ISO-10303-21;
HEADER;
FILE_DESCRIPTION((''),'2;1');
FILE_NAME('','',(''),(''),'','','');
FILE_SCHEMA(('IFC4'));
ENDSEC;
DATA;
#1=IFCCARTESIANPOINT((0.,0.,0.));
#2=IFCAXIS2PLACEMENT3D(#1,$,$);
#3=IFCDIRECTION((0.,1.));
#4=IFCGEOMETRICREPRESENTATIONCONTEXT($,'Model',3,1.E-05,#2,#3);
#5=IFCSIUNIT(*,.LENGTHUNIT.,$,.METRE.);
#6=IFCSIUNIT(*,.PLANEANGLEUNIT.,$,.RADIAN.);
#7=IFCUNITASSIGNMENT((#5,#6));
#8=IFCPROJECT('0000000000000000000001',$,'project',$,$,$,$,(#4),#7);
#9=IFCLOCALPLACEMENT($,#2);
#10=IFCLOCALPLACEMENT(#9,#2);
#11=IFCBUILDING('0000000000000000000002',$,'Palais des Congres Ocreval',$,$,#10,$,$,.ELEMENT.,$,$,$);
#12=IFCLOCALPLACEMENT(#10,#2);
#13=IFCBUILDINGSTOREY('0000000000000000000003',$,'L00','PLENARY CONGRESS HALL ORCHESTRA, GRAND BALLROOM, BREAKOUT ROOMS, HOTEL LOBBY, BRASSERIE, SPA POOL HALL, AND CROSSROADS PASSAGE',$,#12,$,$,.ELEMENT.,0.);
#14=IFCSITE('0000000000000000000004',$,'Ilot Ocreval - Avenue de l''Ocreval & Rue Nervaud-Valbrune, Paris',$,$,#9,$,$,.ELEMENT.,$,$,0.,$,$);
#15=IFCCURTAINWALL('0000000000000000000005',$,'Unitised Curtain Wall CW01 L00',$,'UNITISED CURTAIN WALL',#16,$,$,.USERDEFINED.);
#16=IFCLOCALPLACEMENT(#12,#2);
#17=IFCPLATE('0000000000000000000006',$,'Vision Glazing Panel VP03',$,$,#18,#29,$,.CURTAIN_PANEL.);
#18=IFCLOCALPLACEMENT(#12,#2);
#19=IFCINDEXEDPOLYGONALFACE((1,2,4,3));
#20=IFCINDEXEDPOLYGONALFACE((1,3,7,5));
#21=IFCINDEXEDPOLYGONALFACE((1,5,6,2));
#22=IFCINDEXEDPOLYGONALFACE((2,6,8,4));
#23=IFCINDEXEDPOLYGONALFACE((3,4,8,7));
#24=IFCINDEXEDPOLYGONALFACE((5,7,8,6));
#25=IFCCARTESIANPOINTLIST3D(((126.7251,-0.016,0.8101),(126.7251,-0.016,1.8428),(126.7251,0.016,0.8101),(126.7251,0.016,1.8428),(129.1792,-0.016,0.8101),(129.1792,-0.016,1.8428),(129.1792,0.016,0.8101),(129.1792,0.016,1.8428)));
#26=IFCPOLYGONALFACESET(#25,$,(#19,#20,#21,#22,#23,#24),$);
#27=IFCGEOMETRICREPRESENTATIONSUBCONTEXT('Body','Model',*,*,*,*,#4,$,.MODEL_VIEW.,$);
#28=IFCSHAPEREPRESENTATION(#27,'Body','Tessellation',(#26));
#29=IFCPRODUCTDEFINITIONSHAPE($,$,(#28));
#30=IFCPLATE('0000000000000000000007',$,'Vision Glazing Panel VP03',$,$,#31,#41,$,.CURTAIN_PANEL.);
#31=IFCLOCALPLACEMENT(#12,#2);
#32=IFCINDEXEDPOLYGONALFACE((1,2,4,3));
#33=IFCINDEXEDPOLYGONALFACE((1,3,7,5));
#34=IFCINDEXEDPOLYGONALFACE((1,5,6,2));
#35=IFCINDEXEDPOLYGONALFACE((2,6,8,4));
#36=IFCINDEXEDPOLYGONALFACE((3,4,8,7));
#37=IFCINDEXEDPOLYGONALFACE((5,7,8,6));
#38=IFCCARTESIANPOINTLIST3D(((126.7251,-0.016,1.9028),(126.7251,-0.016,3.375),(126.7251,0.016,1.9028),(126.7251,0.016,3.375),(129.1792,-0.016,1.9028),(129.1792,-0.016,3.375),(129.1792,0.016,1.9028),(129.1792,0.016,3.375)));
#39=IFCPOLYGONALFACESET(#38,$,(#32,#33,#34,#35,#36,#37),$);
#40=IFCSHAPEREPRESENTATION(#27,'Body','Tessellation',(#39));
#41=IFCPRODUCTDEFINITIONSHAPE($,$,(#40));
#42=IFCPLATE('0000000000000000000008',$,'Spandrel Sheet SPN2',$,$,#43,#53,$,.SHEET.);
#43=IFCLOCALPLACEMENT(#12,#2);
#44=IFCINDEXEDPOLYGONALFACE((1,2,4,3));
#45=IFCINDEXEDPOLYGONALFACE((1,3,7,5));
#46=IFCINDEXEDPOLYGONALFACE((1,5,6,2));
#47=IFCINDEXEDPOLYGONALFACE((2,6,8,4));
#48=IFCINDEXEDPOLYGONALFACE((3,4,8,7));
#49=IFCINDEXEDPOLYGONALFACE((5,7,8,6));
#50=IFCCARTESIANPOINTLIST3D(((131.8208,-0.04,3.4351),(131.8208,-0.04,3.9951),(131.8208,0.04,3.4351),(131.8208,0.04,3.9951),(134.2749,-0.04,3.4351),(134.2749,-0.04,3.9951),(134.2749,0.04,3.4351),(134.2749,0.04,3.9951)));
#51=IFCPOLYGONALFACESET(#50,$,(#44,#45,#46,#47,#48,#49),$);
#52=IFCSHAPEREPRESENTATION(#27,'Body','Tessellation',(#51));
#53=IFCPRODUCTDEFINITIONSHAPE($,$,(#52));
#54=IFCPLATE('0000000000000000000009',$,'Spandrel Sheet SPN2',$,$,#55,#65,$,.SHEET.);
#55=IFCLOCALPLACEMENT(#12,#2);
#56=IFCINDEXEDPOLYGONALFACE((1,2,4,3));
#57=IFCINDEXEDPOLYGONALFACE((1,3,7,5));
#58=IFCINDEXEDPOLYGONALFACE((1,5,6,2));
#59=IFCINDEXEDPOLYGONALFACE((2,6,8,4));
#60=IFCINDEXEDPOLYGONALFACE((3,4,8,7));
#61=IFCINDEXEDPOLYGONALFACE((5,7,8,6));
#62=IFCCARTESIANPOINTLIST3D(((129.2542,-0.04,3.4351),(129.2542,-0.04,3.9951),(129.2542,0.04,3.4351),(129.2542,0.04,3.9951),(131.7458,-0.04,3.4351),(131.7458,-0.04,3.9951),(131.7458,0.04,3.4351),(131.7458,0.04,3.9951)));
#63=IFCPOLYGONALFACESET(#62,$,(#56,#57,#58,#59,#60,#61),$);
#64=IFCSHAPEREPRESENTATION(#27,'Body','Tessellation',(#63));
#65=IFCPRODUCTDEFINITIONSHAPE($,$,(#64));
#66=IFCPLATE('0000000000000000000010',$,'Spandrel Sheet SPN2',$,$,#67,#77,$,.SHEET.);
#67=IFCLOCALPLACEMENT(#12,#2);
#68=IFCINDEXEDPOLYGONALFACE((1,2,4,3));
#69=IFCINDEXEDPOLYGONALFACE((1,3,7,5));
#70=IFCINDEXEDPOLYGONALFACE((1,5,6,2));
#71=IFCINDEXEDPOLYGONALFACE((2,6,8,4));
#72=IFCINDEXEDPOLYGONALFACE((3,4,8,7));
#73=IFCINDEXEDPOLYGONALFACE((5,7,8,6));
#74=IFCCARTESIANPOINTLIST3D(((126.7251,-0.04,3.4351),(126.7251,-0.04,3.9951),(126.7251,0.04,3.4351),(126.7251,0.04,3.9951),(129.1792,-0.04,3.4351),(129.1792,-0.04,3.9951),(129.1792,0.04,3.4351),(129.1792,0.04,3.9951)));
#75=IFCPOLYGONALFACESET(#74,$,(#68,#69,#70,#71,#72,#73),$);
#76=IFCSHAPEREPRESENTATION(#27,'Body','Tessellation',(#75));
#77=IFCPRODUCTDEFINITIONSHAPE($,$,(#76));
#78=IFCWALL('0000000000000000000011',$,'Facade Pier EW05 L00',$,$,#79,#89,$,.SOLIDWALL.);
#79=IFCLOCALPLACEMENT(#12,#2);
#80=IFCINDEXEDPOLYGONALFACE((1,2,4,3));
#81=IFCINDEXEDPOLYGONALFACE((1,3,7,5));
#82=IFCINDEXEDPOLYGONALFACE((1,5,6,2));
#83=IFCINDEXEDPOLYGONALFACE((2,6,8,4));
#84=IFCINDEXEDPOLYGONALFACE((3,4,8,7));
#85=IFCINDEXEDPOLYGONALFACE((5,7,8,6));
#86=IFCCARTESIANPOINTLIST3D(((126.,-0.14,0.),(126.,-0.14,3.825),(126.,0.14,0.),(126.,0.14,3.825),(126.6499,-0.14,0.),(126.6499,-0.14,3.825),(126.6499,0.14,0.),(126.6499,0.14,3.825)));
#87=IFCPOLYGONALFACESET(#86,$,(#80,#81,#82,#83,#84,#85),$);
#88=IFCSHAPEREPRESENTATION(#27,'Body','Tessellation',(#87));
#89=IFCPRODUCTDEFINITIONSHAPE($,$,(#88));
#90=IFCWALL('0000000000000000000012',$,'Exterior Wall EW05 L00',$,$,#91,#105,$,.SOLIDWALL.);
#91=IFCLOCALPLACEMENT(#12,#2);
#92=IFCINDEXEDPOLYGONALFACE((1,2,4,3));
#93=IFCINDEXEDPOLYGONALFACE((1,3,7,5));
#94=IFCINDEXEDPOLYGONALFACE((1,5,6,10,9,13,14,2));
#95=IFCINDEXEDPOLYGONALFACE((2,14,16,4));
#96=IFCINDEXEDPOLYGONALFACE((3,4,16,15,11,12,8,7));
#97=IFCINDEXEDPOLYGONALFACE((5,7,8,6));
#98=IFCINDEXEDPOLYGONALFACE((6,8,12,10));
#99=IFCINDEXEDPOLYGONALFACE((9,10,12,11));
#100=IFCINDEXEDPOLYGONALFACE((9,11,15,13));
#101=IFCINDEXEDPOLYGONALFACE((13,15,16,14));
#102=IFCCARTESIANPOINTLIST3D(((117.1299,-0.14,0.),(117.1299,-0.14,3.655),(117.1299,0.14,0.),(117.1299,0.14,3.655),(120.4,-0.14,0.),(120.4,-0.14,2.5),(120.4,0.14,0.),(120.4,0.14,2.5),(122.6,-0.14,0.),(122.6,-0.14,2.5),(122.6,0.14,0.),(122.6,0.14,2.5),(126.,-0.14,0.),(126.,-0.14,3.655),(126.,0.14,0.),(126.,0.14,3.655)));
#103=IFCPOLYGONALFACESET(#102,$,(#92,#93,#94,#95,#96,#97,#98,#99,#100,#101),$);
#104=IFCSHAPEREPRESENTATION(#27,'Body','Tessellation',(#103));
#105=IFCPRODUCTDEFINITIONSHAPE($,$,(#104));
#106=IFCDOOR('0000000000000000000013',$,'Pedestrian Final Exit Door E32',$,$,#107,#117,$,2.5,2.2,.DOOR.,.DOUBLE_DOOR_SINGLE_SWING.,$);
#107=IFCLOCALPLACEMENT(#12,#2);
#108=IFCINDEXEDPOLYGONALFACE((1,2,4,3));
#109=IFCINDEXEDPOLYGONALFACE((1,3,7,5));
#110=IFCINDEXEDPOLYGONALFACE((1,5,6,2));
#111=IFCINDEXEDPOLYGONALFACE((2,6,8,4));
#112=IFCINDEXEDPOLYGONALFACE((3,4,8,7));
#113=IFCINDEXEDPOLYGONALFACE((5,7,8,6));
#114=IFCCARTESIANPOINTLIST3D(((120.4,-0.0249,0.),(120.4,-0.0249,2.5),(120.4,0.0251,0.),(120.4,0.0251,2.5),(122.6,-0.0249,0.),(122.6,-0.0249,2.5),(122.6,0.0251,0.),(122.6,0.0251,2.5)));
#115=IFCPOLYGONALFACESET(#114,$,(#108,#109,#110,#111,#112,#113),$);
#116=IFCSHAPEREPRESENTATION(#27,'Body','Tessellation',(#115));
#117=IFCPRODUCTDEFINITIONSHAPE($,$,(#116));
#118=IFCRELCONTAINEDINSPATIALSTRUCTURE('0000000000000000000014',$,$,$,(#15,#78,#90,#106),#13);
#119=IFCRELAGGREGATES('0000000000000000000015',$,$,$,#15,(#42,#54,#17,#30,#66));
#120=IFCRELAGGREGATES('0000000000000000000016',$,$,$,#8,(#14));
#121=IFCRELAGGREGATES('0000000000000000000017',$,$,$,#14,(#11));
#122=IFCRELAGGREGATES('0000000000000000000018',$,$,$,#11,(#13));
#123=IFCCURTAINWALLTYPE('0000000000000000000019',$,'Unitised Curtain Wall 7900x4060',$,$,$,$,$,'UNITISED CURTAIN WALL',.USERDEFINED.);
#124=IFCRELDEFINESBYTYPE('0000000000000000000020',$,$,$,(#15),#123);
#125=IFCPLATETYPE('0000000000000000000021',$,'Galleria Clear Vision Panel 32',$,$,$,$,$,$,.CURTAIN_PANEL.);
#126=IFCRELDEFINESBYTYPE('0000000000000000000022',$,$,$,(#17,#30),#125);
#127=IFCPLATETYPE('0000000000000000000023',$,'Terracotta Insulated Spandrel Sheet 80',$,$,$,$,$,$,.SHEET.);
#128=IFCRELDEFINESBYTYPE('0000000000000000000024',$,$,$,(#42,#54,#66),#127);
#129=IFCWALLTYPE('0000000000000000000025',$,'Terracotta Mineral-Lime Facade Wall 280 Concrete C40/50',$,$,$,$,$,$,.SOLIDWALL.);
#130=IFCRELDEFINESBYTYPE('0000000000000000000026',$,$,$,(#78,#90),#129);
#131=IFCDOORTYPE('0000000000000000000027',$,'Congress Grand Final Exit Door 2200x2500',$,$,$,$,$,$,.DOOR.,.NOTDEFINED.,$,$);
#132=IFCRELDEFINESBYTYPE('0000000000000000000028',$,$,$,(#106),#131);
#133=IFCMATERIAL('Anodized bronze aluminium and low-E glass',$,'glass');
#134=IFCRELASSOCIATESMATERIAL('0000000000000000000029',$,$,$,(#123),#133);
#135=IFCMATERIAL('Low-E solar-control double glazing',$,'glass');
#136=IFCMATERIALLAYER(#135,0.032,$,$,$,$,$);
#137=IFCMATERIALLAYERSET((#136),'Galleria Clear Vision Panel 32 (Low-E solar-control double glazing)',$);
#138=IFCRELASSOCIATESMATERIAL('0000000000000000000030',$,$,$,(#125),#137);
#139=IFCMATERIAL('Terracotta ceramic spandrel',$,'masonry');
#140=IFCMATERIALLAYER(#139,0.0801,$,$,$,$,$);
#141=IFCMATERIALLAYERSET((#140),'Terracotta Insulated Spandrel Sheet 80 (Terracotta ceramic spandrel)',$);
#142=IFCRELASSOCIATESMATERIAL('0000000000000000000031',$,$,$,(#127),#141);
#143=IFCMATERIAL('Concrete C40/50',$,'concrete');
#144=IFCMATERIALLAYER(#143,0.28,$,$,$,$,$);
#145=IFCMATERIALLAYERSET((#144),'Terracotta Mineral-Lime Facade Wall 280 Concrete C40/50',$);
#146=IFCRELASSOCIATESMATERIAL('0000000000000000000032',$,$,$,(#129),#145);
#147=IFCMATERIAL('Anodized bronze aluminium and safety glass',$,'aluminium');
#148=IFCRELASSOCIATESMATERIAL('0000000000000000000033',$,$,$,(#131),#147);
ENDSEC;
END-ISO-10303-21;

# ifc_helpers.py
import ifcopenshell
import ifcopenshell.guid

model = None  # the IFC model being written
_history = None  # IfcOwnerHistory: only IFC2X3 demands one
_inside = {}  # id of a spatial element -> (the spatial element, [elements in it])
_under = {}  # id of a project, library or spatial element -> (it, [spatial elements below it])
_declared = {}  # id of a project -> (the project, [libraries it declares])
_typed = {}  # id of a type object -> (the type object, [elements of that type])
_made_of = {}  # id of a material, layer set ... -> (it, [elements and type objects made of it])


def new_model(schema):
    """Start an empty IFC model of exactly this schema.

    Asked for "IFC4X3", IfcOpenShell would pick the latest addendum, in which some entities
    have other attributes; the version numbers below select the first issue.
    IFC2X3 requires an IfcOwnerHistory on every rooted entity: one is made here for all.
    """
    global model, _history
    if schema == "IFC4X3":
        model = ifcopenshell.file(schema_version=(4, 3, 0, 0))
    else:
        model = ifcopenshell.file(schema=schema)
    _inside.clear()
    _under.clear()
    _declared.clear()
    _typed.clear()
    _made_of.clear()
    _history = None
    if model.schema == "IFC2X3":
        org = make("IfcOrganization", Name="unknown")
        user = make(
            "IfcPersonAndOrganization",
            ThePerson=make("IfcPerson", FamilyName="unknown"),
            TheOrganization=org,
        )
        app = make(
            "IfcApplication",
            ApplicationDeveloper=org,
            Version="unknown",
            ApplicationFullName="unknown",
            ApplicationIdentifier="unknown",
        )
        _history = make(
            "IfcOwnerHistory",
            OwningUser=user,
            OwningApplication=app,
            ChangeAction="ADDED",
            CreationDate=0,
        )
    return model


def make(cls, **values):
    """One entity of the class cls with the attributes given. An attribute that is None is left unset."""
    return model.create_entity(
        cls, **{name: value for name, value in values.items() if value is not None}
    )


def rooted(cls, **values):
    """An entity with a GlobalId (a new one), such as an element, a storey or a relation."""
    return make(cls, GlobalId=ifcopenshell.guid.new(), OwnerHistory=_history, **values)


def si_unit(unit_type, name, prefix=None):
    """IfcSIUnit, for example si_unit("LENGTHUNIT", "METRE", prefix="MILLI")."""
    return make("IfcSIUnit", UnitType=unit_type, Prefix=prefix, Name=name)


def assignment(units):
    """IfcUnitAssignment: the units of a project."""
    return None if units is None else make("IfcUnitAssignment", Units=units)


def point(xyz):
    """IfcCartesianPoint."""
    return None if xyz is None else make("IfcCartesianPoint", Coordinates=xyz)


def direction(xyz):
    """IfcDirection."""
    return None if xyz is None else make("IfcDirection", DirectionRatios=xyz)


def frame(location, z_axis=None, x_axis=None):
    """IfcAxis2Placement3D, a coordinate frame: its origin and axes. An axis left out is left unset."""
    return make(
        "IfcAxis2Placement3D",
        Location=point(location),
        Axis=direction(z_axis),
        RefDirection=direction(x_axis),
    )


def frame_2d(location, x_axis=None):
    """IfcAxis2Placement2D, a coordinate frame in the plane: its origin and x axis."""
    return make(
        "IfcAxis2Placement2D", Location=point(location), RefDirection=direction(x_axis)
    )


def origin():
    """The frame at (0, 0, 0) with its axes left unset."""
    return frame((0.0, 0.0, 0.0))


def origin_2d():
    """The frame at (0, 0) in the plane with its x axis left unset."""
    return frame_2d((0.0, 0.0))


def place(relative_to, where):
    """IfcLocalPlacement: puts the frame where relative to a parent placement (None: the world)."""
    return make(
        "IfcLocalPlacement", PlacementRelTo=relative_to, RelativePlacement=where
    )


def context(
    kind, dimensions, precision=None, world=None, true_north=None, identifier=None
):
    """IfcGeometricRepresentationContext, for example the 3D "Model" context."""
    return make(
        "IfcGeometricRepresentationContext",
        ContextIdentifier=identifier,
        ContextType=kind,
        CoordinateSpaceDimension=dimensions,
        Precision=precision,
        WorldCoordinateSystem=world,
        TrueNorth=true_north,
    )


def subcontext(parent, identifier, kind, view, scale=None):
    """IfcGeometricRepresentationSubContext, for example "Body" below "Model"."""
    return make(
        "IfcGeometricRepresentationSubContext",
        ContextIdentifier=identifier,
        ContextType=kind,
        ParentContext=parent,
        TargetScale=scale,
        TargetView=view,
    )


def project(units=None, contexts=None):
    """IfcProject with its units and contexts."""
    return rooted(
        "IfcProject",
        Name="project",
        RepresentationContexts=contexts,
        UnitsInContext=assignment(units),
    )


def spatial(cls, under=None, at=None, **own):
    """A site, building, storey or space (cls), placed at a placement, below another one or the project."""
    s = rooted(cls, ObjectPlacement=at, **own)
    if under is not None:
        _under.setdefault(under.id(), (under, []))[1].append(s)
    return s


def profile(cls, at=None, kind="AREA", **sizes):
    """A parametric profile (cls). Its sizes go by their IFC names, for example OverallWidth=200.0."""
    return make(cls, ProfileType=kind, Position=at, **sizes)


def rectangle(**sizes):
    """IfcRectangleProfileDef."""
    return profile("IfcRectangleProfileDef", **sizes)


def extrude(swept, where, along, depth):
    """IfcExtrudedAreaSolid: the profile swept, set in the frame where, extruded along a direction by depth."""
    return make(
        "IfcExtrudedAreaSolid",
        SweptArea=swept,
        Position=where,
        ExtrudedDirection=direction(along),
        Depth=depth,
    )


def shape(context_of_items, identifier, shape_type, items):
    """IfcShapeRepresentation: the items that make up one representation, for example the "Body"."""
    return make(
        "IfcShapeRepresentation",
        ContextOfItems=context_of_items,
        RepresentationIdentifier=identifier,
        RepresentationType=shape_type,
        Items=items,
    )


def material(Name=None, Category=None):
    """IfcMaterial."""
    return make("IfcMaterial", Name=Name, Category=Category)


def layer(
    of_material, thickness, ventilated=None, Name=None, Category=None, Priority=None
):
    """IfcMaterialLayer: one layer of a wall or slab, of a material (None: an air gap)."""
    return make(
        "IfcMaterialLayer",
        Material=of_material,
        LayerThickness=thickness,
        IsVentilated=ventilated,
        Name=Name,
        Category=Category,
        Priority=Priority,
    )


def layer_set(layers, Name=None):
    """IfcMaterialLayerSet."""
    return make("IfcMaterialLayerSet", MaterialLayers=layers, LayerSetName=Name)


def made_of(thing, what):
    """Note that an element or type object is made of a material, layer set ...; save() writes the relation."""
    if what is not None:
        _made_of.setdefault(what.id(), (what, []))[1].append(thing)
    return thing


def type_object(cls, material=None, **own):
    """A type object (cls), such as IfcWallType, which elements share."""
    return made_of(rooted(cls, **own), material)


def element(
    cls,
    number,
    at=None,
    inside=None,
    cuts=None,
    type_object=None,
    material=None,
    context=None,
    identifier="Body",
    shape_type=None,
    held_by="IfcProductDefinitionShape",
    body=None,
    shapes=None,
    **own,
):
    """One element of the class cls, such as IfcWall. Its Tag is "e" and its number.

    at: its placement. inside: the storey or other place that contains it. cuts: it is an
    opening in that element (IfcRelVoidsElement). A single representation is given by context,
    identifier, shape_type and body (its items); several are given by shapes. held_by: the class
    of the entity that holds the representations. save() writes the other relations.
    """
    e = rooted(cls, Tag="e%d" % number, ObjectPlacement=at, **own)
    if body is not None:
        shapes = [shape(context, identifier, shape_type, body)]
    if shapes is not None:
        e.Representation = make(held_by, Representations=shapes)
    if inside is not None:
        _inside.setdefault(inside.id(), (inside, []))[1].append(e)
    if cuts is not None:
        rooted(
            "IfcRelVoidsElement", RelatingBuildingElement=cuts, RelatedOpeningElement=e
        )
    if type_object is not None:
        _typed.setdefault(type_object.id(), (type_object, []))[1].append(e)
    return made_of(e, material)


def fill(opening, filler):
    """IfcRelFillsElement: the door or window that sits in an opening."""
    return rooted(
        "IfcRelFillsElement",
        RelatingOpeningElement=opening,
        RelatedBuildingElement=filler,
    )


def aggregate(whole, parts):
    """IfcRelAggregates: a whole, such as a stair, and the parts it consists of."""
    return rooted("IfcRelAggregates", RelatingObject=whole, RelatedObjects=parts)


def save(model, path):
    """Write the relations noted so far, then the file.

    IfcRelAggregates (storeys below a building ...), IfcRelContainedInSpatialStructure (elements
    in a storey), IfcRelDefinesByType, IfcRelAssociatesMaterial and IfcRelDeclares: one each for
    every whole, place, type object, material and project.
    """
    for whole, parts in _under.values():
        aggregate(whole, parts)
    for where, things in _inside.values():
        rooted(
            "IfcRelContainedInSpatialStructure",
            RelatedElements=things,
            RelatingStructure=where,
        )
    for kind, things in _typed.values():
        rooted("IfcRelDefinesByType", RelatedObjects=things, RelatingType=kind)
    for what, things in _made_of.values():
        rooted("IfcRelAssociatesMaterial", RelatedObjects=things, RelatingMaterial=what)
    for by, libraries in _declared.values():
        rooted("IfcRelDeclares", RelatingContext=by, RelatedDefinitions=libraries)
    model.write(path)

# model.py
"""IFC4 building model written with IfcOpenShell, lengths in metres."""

from ifc_helpers import new_model, si_unit, direction, frame, frame_2d, origin, origin_2d, place, context, subcontext, project, spatial, rectangle, extrude, material, layer, layer_set, type_object, element, fill, aggregate, save


model = new_model("IFC4")

# Units and contexts
model_context = context("Model", 3, precision=1e-05, world=origin(), true_north=direction((0.0, 1.0)))
body_context = subcontext(model_context, "Body", "Model", "MODEL_VIEW")
ifc_project = project(units=[si_unit("LENGTHUNIT", "METRE"), si_unit("PLANEANGLEUNIT", "RADIAN")], contexts=[model_context])

# Site, building, storey
site_placement = place(None, origin())
site = spatial("IfcSite", under=ifc_project, at=site_placement, Name="Ilot Ocreval - Avenue de l'Ocreval & Rue Nervaud-Valbrune, Paris", CompositionType="ELEMENT", RefElevation=0.0)
building_placement = place(site_placement, origin())
building = spatial("IfcBuilding", under=site, at=building_placement, Name="Palais des Congres Ocreval", CompositionType="ELEMENT")
storey_placement = place(building_placement, origin())
storey = spatial("IfcBuildingStorey", under=building, at=storey_placement, Name="L00", Description="PLENARY CONGRESS HALL ORCHESTRA, GRAND BALLROOM, BREAKOUT ROOMS, HOTEL LOBBY, BRASSERIE, SPA POOL HALL, AND CROSSROADS PASSAGE", CompositionType="ELEMENT", Elevation=0.0)

# Curtain wall
ifc_material_1 = material(Name="Anodized bronze aluminium and low-E glass", Category="glass")
curtain_wall_type = type_object("IfcCurtainWallType", Name="Unitised Curtain Wall 7900x4060", ElementType="UNITISED CURTAIN WALL", PredefinedType="USERDEFINED", material=ifc_material_1)
curtain_wall_placement = place(storey_placement, origin())
curtain_wall = element("IfcCurtainWall", 1, at=curtain_wall_placement, inside=storey, type_object=curtain_wall_type, Name="Unitised Curtain Wall CW01 L00", ObjectType="UNITISED CURTAIN WALL", PredefinedType="USERDEFINED")

# Plates
ifc_material_2 = material(Name="Low-E solar-control double glazing", Category="glass")
ifc_layer_1 = layer(ifc_material_2, 0.032)
ifc_layer_set_1 = layer_set([ifc_layer_1], Name="Galleria Clear Vision Panel 32 (Low-E solar-control double glazing)")
plate_type_1 = type_object("IfcPlateType", Name="Galleria Clear Vision Panel 32", PredefinedType="CURTAIN_PANEL", material=ifc_layer_set_1)
plate_1_placement = place(storey_placement, frame((127.9521, 0.0, 0.8101), z_axis=(0.0, 0.0, 1.0), x_axis=(-1.0, 0.0, 0.0)))
plate_1 = element("IfcPlate", 2, at=plate_1_placement, type_object=plate_type_1, Name="Vision Glazing Panel VP03", PredefinedType="CURTAIN_PANEL", context=body_context, shape_type="SweptSolid", body=[
    extrude(rectangle(XDim=2.4541, YDim=0.032, at=origin_2d()), origin(), (0.0, 0.0, 1.0), 1.0327),
])
plate_2_placement = place(storey_placement, frame((127.9521, 0.0, 1.9028), z_axis=(0.0, 0.0, 1.0), x_axis=(-1.0, 0.0, 0.0)))
plate_2 = element("IfcPlate", 3, at=plate_2_placement, type_object=plate_type_1, Name="Vision Glazing Panel VP03", PredefinedType="CURTAIN_PANEL", context=body_context, shape_type="SweptSolid", body=[
    extrude(rectangle(XDim=2.4541, YDim=0.032, at=origin_2d()), origin(), (0.0, 0.0, 1.0), 1.4722),
])
ifc_material_3 = material(Name="Terracotta ceramic spandrel", Category="masonry")
ifc_layer_2 = layer(ifc_material_3, 0.0801)
ifc_layer_set_2 = layer_set([ifc_layer_2], Name="Terracotta Insulated Spandrel Sheet 80 (Terracotta ceramic spandrel)")
plate_type_2 = type_object("IfcPlateType", Name="Terracotta Insulated Spandrel Sheet 80", PredefinedType="SHEET", material=ifc_layer_set_2)
plate_3_placement = place(storey_placement, frame((133.0479, 0.0, 3.4351), z_axis=(0.0, 0.0, 1.0), x_axis=(-1.0, 0.0, 0.0)))
plate_3 = element("IfcPlate", 4, at=plate_3_placement, type_object=plate_type_2, Name="Spandrel Sheet SPN2", PredefinedType="SHEET", context=body_context, shape_type="SweptSolid", body=[
    extrude(rectangle(XDim=2.4541, YDim=0.0801, at=origin_2d()), origin(), (0.0, 0.0, 1.0), 0.5601),
])
plate_4_placement = place(storey_placement, frame((130.5, 0.0, 3.4351), z_axis=(0.0, 0.0, 1.0), x_axis=(-1.0, 0.0, 0.0)))
plate_4 = element("IfcPlate", 5, at=plate_4_placement, type_object=plate_type_2, Name="Spandrel Sheet SPN2", PredefinedType="SHEET", context=body_context, shape_type="SweptSolid", body=[
    extrude(rectangle(XDim=2.4917, YDim=0.0801, at=origin_2d()), origin(), (0.0, 0.0, 1.0), 0.5601),
])
plate_5_placement = place(storey_placement, frame((127.9521, 0.0, 3.4351), z_axis=(0.0, 0.0, 1.0), x_axis=(-1.0, 0.0, 0.0)))
plate_5 = element("IfcPlate", 6, at=plate_5_placement, type_object=plate_type_2, Name="Spandrel Sheet SPN2", PredefinedType="SHEET", context=body_context, shape_type="SweptSolid", body=[
    extrude(rectangle(XDim=2.4541, YDim=0.0801, at=origin_2d()), origin(), (0.0, 0.0, 1.0), 0.5601),
])
aggregate(curtain_wall, [plate_3, plate_4, plate_1, plate_2, plate_5])

# Wall
ifc_material_4 = material(Name="Concrete C40/50", Category="concrete")
ifc_layer_3 = layer(ifc_material_4, 0.28)
ifc_layer_set_3 = layer_set([ifc_layer_3], Name="Terracotta Mineral-Lime Facade Wall 280 Concrete C40/50")
wall_type = type_object("IfcWallType", Name="Terracotta Mineral-Lime Facade Wall 280 Concrete C40/50", PredefinedType="SOLIDWALL", material=ifc_layer_set_3)
wall_1_placement = place(storey_placement, frame((126.6499, 0.0, 0.0), z_axis=(0.0, 0.0, 1.0), x_axis=(-1.0, 0.0, 0.0)))
element("IfcWall", 7, at=wall_1_placement, inside=storey, type_object=wall_type, Name="Facade Pier EW05 L00", PredefinedType="SOLIDWALL", context=body_context, shape_type="SweptSolid", body=[
    extrude(rectangle(XDim=0.6499, YDim=0.28, at=frame_2d((0.325, 0.0))), origin(), (0.0, 0.0, 1.0), 3.825),
])

# Wall, opening, door
wall_2_placement = place(storey_placement, frame((126.0, 0.0, 0.0), z_axis=(0.0, 0.0, 1.0), x_axis=(-1.0, 0.0, 0.0)))
wall_2 = element("IfcWall", 8, at=wall_2_placement, inside=storey, type_object=wall_type, Name="Exterior Wall EW05 L00", PredefinedType="SOLIDWALL", context=body_context, shape_type="SweptSolid", body=[
    extrude(rectangle(XDim=8.8701, YDim=0.28, at=frame_2d((4.4351, 0.0))), origin(), (0.0, 0.0, 1.0), 3.655),
])
opening_placement = place(wall_2_placement, frame((3.3999, 0.0, 0.0)))
opening = element("IfcOpeningElement", 9, at=opening_placement, cuts=wall_2, PredefinedType="OPENING", context=body_context, shape_type="SweptSolid", body=[
    extrude(rectangle(XDim=2.2, YDim=2.5, at=frame_2d((1.1001, 1.25))), frame((0.0, 0.1499, 0.0), z_axis=(0.0, -1.0, 0.0), x_axis=(1.0, 0.0, 0.0)), (0.0, 0.0, 1.0), 0.3),
])
ifc_material_5 = material(Name="Anodized bronze aluminium and safety glass", Category="aluminium")
door_type = type_object("IfcDoorType", Name="Congress Grand Final Exit Door 2200x2500", OperationType="NOTDEFINED", PredefinedType="DOOR", material=ifc_material_5)
door_placement = place(opening_placement, origin())
door = element("IfcDoor", 10, at=door_placement, inside=storey, type_object=door_type, Name="Pedestrian Final Exit Door E32", OperationType="DOUBLE_DOOR_SINGLE_SWING", OverallHeight=2.5, OverallWidth=2.2, PredefinedType="DOOR", context=body_context, shape_type="SweptSolid", body=[
    extrude(rectangle(XDim=2.2, YDim=2.5, at=frame_2d((1.1001, 1.25))), frame((0.0, 0.0249, 0.0), z_axis=(0.0, -1.0, 0.0), x_axis=(1.0, 0.0, 0.0)), (0.0, 0.0, 1.0), 0.05),
])
fill(opening, door)

save(model, "model.ifc")
